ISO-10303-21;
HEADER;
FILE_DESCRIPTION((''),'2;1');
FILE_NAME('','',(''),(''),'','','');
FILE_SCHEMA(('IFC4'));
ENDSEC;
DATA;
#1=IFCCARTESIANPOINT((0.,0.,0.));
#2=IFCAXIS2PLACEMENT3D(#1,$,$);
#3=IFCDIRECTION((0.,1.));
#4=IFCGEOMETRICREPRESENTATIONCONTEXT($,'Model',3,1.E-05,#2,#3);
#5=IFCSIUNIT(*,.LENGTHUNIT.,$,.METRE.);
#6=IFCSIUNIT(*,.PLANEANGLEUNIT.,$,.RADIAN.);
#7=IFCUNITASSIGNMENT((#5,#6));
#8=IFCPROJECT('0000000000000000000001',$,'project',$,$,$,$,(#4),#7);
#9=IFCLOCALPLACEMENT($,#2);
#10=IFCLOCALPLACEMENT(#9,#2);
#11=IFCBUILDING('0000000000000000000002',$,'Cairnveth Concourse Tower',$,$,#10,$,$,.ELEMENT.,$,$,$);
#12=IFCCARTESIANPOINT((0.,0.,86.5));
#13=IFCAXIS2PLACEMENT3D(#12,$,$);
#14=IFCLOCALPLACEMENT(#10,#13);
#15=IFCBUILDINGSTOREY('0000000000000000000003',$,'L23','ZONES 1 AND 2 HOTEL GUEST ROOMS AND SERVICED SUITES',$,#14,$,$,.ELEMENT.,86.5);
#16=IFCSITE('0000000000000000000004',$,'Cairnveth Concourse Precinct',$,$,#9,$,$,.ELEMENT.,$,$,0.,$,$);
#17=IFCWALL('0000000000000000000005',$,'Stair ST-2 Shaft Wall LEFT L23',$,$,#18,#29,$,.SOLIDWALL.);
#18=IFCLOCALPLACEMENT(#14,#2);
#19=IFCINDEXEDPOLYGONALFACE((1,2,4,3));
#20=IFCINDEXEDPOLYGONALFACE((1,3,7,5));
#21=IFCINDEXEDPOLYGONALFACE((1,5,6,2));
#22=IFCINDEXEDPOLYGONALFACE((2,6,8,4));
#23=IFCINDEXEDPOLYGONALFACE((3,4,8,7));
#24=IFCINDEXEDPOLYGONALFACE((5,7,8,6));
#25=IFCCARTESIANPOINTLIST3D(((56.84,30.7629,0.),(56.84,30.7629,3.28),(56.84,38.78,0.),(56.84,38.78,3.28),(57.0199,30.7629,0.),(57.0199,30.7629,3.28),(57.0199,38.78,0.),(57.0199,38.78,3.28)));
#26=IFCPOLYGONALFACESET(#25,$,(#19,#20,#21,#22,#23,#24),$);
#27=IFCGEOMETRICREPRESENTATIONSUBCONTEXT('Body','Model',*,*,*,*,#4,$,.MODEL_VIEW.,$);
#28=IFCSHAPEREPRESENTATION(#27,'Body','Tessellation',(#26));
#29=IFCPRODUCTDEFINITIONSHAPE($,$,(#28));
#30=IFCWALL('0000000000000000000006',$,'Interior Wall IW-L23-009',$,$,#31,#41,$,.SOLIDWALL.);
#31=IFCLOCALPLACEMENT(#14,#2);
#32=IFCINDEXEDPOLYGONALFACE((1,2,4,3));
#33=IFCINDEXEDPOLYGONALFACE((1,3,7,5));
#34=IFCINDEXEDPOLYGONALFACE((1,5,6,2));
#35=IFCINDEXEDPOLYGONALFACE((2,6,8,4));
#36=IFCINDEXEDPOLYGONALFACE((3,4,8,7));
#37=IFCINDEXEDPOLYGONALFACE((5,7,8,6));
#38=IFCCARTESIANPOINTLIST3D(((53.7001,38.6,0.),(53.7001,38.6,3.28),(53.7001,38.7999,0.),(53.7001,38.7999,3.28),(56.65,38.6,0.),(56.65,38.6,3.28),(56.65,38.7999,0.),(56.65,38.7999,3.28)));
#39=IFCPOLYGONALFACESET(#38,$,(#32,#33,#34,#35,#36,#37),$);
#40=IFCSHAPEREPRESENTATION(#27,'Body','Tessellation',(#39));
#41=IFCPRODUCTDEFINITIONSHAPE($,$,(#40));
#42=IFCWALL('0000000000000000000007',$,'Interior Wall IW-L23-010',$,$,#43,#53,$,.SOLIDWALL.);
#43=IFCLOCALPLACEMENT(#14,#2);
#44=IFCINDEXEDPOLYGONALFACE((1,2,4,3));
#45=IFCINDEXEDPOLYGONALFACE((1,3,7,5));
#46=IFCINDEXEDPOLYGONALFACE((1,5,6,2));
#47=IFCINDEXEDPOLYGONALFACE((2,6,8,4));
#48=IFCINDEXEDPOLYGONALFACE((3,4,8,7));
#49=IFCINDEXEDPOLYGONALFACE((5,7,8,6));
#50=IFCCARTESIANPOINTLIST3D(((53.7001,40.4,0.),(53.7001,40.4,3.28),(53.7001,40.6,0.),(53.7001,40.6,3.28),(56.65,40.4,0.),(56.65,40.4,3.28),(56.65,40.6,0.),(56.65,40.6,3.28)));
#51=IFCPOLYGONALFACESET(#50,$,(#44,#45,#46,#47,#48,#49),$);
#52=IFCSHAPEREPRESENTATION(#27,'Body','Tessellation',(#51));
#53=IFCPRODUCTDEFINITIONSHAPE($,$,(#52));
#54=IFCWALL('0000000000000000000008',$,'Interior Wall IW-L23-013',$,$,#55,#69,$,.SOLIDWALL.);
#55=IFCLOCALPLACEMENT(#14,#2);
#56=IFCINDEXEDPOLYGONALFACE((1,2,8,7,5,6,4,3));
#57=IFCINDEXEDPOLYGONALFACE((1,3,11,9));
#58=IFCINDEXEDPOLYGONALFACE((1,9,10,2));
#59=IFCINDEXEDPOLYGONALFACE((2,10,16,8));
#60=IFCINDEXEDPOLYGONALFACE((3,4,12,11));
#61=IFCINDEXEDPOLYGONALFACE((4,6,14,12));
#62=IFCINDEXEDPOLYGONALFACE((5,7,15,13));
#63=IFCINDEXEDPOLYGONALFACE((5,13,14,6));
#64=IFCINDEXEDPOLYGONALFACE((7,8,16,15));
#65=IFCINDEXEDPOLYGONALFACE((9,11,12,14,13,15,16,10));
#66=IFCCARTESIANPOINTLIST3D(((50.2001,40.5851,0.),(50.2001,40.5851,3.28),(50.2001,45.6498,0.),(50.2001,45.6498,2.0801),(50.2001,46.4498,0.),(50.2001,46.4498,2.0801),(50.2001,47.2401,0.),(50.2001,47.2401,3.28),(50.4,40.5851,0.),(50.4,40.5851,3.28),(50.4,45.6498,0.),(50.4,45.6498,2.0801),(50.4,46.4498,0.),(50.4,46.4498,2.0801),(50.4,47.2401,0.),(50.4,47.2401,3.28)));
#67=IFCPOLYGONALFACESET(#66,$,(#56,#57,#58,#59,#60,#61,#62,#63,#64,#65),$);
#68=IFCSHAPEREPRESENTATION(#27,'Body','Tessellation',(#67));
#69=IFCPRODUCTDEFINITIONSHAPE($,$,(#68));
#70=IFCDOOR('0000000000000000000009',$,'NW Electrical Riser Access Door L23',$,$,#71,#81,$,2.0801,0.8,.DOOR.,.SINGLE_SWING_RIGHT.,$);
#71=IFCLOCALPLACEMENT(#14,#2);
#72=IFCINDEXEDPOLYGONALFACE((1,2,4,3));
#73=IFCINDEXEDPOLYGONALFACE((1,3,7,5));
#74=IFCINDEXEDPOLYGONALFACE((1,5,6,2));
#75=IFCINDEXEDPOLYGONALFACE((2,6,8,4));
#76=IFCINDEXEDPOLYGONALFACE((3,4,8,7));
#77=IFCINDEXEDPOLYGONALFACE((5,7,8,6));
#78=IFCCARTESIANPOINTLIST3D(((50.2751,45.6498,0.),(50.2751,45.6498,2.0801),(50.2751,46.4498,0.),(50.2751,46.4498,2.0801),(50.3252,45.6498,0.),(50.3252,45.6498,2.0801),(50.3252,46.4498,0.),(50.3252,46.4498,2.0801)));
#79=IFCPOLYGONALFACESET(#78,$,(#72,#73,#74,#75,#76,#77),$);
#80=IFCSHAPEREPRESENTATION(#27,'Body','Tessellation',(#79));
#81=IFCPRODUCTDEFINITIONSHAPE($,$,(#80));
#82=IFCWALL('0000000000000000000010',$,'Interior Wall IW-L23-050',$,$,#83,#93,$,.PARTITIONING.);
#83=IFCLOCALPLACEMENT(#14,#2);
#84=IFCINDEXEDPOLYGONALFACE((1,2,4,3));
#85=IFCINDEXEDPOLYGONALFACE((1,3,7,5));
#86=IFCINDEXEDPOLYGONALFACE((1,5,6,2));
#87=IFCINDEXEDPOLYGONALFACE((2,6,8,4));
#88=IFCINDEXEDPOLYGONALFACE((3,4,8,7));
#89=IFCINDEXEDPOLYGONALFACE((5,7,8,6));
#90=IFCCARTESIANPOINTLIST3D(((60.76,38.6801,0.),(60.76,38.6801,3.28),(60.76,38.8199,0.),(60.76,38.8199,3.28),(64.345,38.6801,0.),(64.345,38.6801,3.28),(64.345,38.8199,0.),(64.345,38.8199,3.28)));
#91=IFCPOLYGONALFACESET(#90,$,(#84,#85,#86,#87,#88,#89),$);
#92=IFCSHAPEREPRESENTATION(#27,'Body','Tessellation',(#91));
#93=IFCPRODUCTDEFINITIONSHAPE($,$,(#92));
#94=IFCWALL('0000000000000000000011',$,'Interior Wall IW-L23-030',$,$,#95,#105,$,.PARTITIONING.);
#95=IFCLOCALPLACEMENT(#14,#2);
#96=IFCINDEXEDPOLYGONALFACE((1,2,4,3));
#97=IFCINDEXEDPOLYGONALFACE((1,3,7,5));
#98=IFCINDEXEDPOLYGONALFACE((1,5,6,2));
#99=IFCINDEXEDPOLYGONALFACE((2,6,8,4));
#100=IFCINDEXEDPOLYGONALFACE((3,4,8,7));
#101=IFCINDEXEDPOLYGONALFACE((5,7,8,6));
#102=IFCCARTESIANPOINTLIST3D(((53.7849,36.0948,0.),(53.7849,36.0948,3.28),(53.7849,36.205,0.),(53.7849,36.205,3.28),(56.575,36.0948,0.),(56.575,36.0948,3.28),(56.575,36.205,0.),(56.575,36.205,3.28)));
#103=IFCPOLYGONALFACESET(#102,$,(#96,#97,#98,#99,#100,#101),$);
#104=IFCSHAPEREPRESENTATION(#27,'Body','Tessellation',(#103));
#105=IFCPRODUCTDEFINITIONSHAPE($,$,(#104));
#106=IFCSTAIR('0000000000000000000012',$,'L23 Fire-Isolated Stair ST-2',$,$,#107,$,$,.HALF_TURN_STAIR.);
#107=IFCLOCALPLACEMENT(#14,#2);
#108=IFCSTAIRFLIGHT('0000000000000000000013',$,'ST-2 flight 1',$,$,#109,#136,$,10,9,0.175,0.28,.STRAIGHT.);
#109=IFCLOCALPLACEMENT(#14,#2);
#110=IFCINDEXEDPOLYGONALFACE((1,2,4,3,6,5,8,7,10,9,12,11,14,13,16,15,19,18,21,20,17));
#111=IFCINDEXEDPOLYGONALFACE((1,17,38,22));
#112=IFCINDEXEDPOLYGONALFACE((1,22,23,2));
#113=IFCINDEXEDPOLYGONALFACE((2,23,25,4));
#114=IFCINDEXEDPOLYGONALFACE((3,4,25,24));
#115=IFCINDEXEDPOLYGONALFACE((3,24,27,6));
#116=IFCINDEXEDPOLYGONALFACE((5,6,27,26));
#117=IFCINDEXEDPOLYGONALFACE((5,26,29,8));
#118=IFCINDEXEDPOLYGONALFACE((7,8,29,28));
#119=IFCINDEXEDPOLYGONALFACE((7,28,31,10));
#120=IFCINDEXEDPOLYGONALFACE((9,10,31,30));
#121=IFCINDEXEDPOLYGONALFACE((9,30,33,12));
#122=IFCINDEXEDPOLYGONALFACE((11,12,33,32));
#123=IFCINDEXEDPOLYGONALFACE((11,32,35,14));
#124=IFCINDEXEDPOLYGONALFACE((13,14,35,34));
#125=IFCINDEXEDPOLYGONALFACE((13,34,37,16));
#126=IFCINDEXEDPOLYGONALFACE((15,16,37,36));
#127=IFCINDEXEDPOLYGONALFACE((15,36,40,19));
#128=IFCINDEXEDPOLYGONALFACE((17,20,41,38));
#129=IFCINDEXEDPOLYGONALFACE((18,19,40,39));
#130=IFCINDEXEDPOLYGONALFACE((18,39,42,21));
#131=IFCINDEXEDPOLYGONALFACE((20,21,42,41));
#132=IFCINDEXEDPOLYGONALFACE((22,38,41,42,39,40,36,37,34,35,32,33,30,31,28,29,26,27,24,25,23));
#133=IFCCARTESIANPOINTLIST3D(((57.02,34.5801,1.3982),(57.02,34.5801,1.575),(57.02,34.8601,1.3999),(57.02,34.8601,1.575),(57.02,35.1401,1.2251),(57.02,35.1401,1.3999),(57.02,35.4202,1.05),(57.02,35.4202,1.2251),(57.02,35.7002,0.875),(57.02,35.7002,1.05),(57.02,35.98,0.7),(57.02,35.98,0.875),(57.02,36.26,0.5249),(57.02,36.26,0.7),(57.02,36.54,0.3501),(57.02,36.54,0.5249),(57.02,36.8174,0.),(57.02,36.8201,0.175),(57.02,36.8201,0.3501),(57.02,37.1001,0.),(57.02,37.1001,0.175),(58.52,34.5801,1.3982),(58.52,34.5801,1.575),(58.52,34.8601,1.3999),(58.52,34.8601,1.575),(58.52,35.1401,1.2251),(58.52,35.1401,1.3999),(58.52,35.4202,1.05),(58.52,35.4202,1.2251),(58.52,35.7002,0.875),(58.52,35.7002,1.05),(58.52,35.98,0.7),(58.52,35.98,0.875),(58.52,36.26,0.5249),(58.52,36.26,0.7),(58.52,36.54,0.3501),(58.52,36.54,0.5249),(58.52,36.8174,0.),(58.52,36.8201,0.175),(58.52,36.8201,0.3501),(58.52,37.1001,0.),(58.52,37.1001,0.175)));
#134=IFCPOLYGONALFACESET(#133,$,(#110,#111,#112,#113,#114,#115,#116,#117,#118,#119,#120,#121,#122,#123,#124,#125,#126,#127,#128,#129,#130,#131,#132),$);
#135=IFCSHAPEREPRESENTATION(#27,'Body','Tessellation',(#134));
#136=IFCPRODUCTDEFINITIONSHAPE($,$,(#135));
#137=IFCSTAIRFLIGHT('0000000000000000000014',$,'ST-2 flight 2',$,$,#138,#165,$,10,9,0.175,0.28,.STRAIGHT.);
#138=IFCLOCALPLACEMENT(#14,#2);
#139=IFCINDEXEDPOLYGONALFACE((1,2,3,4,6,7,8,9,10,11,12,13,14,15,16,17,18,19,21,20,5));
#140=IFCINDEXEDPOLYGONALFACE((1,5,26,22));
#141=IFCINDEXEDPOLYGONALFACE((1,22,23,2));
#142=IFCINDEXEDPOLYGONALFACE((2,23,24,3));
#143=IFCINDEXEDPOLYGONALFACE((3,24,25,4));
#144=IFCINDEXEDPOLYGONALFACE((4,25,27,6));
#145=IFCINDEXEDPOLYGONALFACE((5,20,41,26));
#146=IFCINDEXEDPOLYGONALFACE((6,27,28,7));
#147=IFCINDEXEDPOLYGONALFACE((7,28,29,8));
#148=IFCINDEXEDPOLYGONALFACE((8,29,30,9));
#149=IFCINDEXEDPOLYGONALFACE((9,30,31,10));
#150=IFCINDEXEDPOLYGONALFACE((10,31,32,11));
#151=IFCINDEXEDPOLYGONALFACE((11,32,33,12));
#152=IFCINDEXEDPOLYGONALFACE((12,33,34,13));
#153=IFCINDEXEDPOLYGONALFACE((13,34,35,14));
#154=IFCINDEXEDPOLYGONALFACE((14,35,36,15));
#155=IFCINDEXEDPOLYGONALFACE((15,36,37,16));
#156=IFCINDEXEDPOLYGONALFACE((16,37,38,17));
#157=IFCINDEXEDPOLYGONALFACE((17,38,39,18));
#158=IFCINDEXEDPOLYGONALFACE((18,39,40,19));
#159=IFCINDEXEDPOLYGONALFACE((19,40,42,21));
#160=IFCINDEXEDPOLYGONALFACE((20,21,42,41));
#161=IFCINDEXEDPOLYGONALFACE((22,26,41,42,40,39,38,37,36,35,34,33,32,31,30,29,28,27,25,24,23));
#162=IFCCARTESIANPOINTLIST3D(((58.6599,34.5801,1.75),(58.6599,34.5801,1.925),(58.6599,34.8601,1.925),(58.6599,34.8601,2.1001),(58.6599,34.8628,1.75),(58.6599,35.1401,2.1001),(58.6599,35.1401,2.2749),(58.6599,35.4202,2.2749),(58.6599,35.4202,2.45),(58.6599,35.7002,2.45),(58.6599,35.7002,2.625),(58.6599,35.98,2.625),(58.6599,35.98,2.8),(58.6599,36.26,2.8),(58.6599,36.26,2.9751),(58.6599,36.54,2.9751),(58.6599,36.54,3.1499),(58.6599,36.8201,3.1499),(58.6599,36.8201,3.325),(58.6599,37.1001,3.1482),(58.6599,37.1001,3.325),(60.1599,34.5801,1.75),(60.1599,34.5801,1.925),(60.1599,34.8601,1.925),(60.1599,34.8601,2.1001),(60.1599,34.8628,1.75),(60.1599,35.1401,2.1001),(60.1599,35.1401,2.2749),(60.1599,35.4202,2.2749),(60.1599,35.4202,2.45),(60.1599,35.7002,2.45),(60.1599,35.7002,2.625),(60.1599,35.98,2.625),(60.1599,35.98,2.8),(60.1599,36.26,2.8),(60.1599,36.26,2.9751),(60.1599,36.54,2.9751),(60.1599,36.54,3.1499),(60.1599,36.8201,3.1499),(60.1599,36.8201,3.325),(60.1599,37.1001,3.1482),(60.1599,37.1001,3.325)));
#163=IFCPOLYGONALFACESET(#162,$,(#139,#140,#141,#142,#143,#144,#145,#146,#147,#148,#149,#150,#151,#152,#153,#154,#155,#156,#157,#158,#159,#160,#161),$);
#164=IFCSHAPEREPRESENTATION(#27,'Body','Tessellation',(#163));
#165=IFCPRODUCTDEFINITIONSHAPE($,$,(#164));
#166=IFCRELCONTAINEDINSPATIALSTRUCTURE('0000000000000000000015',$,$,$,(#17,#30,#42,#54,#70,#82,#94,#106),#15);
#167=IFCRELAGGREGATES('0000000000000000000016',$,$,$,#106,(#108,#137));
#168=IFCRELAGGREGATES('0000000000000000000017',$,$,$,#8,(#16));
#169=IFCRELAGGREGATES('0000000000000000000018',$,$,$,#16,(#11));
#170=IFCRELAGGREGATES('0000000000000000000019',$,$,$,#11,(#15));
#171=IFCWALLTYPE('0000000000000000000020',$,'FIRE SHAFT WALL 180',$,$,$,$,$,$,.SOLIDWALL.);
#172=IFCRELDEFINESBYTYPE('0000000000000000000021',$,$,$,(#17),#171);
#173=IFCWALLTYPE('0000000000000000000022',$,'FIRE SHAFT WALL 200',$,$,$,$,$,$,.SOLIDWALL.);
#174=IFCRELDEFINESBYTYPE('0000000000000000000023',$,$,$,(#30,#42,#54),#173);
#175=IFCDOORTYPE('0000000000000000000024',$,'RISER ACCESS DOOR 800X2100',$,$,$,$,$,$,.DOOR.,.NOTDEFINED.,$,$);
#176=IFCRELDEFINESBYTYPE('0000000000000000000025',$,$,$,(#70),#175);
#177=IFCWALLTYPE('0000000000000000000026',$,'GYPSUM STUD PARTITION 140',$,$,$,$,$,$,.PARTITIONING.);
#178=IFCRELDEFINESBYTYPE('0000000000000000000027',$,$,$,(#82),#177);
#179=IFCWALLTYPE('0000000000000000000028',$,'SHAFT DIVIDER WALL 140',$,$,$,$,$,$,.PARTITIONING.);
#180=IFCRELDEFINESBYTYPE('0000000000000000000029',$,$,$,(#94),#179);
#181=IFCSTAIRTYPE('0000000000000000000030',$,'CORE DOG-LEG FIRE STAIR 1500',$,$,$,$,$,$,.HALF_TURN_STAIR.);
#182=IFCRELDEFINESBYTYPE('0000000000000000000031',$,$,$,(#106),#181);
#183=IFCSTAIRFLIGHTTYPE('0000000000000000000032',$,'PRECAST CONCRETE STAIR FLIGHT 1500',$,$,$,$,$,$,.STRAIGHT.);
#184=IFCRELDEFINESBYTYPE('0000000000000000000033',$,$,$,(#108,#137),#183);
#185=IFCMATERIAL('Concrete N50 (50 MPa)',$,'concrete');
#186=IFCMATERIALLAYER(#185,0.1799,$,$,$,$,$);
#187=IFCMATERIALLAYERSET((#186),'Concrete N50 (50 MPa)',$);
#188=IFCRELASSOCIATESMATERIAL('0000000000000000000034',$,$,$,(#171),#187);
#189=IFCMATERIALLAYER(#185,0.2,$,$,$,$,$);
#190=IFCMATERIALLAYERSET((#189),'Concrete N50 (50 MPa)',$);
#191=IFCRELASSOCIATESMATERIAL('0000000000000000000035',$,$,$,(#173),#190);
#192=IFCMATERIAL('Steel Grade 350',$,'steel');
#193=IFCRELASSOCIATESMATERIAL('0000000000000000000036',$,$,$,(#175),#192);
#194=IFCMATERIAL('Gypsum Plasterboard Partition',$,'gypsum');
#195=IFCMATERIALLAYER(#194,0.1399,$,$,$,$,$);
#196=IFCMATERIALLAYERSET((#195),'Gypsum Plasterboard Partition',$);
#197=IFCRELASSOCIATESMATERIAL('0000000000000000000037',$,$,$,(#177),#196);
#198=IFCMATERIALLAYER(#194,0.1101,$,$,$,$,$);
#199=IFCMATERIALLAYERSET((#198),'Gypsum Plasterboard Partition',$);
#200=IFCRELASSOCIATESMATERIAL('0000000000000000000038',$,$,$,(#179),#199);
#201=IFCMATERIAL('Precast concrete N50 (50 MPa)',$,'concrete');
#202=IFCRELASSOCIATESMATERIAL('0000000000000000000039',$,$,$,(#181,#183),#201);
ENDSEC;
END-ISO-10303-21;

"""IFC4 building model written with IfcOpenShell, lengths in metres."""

from ifc_helpers import new_model, si_unit, direction, frame, frame_2d, origin, place, context, subcontext, project, spatial, polyline, rectangle, outline, extrude, material, layer, layer_set, type_object, element, fill, aggregate, save


model = new_model("IFC4")

# Units and contexts
model_context = context("Model", 3, precision=1e-05, world=origin(), true_north=direction((0.0, 1.0)))
body_context = subcontext(model_context, "Body", "Model", "MODEL_VIEW")
ifc_project = project(units=[si_unit("LENGTHUNIT", "METRE"), si_unit("PLANEANGLEUNIT", "RADIAN")], contexts=[model_context])

# Site, building, storey
site_placement = place(None, origin())
site = spatial("IfcSite", under=ifc_project, at=site_placement, Name="Cairnveth Concourse Precinct", CompositionType="ELEMENT", RefElevation=0.0)
building_placement = place(site_placement, origin())
building = spatial("IfcBuilding", under=site, at=building_placement, Name="Cairnveth Concourse Tower", CompositionType="ELEMENT")
storey_placement = place(building_placement, frame((0.0, 0.0, 86.5)))
storey = spatial("IfcBuildingStorey", under=building, at=storey_placement, Name="L23", Description="ZONES 1 AND 2 HOTEL GUEST ROOMS AND SERVICED SUITES", CompositionType="ELEMENT", Elevation=86.5)

# Shared definitions
ifc_material_1 = material(Name="Concrete N50 (50 MPa)", Category="concrete")
ifc_layer_1 = layer(ifc_material_1, 0.1799)
ifc_layer_set_1 = layer_set([ifc_layer_1], Name="Concrete N50 (50 MPa)")
wall_type_1 = type_object("IfcWallType", Name="FIRE SHAFT WALL 180", PredefinedType="SOLIDWALL", material=ifc_layer_set_1)
ifc_material_2 = material(Name="Steel Grade 350", Category="steel")

# Walls
wall_1_placement = place(storey_placement, frame((56.9299, 38.78, 0.0), z_axis=(0.0, 0.0, 1.0), x_axis=(0.0, -1.0, 0.0)))
element("IfcWall", 1, at=wall_1_placement, inside=storey, type_object=wall_type_1, Name="Stair ST-2 Shaft Wall LEFT L23", PredefinedType="SOLIDWALL", context=body_context, shape_type="SweptSolid", body=[
    extrude(rectangle(XDim=8.0171, YDim=0.1799, at=frame_2d((4.0085, 0.0))), origin(), (0.0, 0.0, 1.0), 3.28),
])
ifc_layer_2 = layer(ifc_material_1, 0.2)
ifc_layer_set_2 = layer_set([ifc_layer_2], Name="Concrete N50 (50 MPa)")
wall_type_2 = type_object("IfcWallType", Name="FIRE SHAFT WALL 200", PredefinedType="SOLIDWALL", material=ifc_layer_set_2)
for number, where, z_axis, x_axis, name in (
    (2, (53.7, 38.7, 0.0), (0.0, 0.0, 1.0), (1.0, 0.0, 0.0), "Interior Wall IW-L23-009"),
    (3, (53.7, 40.5, 0.0), (0.0, 0.0, 1.0), (1.0, 0.0, 0.0), "Interior Wall IW-L23-010"),
):
    element("IfcWall", number, at=place(storey_placement, frame(where, z_axis=z_axis, x_axis=x_axis)), inside=storey, type_object=wall_type_2, Name=name, PredefinedType="SOLIDWALL", context=body_context, shape_type="SweptSolid", body=[
        extrude(rectangle(XDim=2.95, YDim=0.2, at=frame_2d((1.4751, 0.0))), origin(), (0.0, 0.0, 1.0), 3.28),
    ])

# Wall, opening, door
wall_2_placement = place(storey_placement, frame((50.3, 40.585, 0.0), z_axis=(0.0, 0.0, 1.0), x_axis=(0.0, 1.0, 0.0)))
wall_2 = element("IfcWall", 4, at=wall_2_placement, inside=storey, type_object=wall_type_2, Name="Interior Wall IW-L23-013", PredefinedType="SOLIDWALL", context=body_context, shape_type="SweptSolid", body=[
    extrude(rectangle(XDim=6.655, YDim=0.2, at=frame_2d((3.3276, 0.0))), origin(), (0.0, 0.0, 1.0), 3.28),
])
opening_1_placement = place(wall_2_placement, frame((5.0649, 0.0, 0.0)))
opening_1 = element("IfcOpeningElement", 5, at=opening_1_placement, cuts=wall_2, PredefinedType="OPENING", context=body_context, shape_type="SweptSolid", body=[
    extrude(rectangle(XDim=0.8, YDim=2.0801, at=frame_2d((0.3999, 1.04))), frame((0.0, 0.1099, 0.0), z_axis=(0.0, -1.0, 0.0), x_axis=(1.0, 0.0, 0.0)), (0.0, 0.0, 1.0), 0.22),
])
door_type_1 = type_object("IfcDoorType", Name="RISER ACCESS DOOR 800X2100", OperationType="NOTDEFINED", PredefinedType="DOOR", material=ifc_material_2)
door_1_placement = place(opening_1_placement, origin())
door_1 = element("IfcDoor", 6, at=door_1_placement, inside=storey, type_object=door_type_1, Name="NW Electrical Riser Access Door L23", OperationType="SINGLE_SWING_RIGHT", OverallHeight=2.0801, OverallWidth=0.8, PredefinedType="DOOR", context=body_context, shape_type="SweptSolid", body=[
    extrude(rectangle(XDim=0.8, YDim=2.0801, at=frame_2d((0.3999, 1.04))), frame((0.0, 0.0249, 0.0), z_axis=(0.0, -1.0, 0.0), x_axis=(1.0, 0.0, 0.0)), (0.0, 0.0, 1.0), 0.05),
])
fill(opening_1, door_1)

# Walls
ifc_material_3 = material(Name="Gypsum Plasterboard Partition", Category="gypsum")
ifc_layer_3 = layer(ifc_material_3, 0.1399)
ifc_layer_set_3 = layer_set([ifc_layer_3], Name="Gypsum Plasterboard Partition")
wall_type_3 = type_object("IfcWallType", Name="GYPSUM STUD PARTITION 140", PredefinedType="PARTITIONING", material=ifc_layer_set_3)
wall_3_placement = place(storey_placement, frame((60.76, 38.75, 0.0), z_axis=(0.0, 0.0, 1.0), x_axis=(1.0, 0.0, 0.0)))
element("IfcWall", 7, at=wall_3_placement, inside=storey, type_object=wall_type_3, Name="Interior Wall IW-L23-050", PredefinedType="PARTITIONING", context=body_context, shape_type="SweptSolid", body=[
    extrude(rectangle(XDim=3.585, YDim=0.1399, at=frame_2d((1.7925, 0.0))), origin(), (0.0, 0.0, 1.0), 3.28),
])
ifc_layer_4 = layer(ifc_material_3, 0.1101)
ifc_layer_set_4 = layer_set([ifc_layer_4], Name="Gypsum Plasterboard Partition")
wall_type_4 = type_object("IfcWallType", Name="SHAFT DIVIDER WALL 140", PredefinedType="PARTITIONING", material=ifc_layer_set_4)
wall_4_placement = place(storey_placement, frame((53.7849, 36.1499, 0.0), z_axis=(0.0, 0.0, 1.0), x_axis=(1.0, 0.0, 0.0)))
element("IfcWall", 8, at=wall_4_placement, inside=storey, type_object=wall_type_4, Name="Interior Wall IW-L23-030", PredefinedType="PARTITIONING", context=body_context, shape_type="SweptSolid", body=[
    extrude(rectangle(XDim=2.79, YDim=0.1101, at=frame_2d((1.395, 0.0))), origin(), (0.0, 0.0, 1.0), 3.28),
])

# Stair, stair flights
ifc_material_4 = material(Name="Precast concrete N50 (50 MPa)", Category="concrete")
stair_type = type_object("IfcStairType", Name="CORE DOG-LEG FIRE STAIR 1500", PredefinedType="HALF_TURN_STAIR", material=ifc_material_4)
stair_placement = place(storey_placement, origin())
stair = element("IfcStair", 9, at=stair_placement, inside=storey, type_object=stair_type, Name="L23 Fire-Isolated Stair ST-2", PredefinedType="HALF_TURN_STAIR")
stair_flight_type = type_object("IfcStairFlightType", Name="PRECAST CONCRETE STAIR FLIGHT 1500", PredefinedType="STRAIGHT", material=ifc_material_4)
stair_flight_1_placement = place(storey_placement, frame((57.77, 37.1001, 0.0), z_axis=(0.0, 0.0, 1.0), x_axis=(0.0, -1.0, 0.0)))
stair_flight_1 = element("IfcStairFlight", 10, at=stair_flight_1_placement, type_object=stair_flight_type, Name="ST-2 flight 1", NumberOfRisers=10, NumberOfTreads=9, PredefinedType="STRAIGHT", RiserHeight=0.175, TreadLength=0.28, context=body_context, shape_type="SweptSolid", body=[
    extrude(outline(polyline([(0.0, 0.0), (0.0, 0.175), (0.28, 0.175), (0.28, 0.3501), (0.5601, 0.3501), (0.5601, 0.5249), (0.8401, 0.5249), (0.8401, 0.7), (1.1201, 0.7), (1.1201, 0.875), (1.3999, 0.875), (1.3999, 1.05), (1.6799, 1.05), (1.6799, 1.2251), (1.96, 1.2251), (1.96, 1.3999), (2.24, 1.3999), (2.24, 1.575), (2.52, 1.575), (2.52, 1.75), (2.52, 1.3982), (0.2827, 0.0), (0.0, 0.0)])), frame((0.0, 0.75, 0.0), z_axis=(0.0, -1.0, 0.0), x_axis=(1.0, 0.0, 0.0)), (0.0, 0.0, 1.0), 1.5),
])
stair_flight_2_placement = place(storey_placement, frame((59.4099, 34.5801, 1.75), z_axis=(0.0, 0.0, 1.0), x_axis=(0.0, 1.0, 0.0)))
stair_flight_2 = element("IfcStairFlight", 11, at=stair_flight_2_placement, type_object=stair_flight_type, Name="ST-2 flight 2", NumberOfRisers=10, NumberOfTreads=9, PredefinedType="STRAIGHT", RiserHeight=0.175, TreadLength=0.28, context=body_context, shape_type="SweptSolid", body=[
    extrude(outline(polyline([(0.0, 0.0), (0.0, 0.175), (0.28, 0.175), (0.28, 0.3501), (0.5601, 0.3501), (0.5601, 0.5249), (0.8401, 0.5249), (0.8401, 0.7), (1.1201, 0.7), (1.1201, 0.875), (1.3999, 0.875), (1.3999, 1.05), (1.6799, 1.05), (1.6799, 1.2251), (1.96, 1.2251), (1.96, 1.3999), (2.24, 1.3999), (2.24, 1.575), (2.52, 1.575), (2.52, 1.75), (2.52, 1.3982), (0.2827, 0.0), (0.0, 0.0)])), frame((0.0, 0.75, 0.0), z_axis=(0.0, -1.0, 0.0), x_axis=(1.0, 0.0, 0.0)), (0.0, 0.0, 1.0), 1.5),
])
aggregate(stair, [stair_flight_1, stair_flight_2])

save(model, "model.ifc")
